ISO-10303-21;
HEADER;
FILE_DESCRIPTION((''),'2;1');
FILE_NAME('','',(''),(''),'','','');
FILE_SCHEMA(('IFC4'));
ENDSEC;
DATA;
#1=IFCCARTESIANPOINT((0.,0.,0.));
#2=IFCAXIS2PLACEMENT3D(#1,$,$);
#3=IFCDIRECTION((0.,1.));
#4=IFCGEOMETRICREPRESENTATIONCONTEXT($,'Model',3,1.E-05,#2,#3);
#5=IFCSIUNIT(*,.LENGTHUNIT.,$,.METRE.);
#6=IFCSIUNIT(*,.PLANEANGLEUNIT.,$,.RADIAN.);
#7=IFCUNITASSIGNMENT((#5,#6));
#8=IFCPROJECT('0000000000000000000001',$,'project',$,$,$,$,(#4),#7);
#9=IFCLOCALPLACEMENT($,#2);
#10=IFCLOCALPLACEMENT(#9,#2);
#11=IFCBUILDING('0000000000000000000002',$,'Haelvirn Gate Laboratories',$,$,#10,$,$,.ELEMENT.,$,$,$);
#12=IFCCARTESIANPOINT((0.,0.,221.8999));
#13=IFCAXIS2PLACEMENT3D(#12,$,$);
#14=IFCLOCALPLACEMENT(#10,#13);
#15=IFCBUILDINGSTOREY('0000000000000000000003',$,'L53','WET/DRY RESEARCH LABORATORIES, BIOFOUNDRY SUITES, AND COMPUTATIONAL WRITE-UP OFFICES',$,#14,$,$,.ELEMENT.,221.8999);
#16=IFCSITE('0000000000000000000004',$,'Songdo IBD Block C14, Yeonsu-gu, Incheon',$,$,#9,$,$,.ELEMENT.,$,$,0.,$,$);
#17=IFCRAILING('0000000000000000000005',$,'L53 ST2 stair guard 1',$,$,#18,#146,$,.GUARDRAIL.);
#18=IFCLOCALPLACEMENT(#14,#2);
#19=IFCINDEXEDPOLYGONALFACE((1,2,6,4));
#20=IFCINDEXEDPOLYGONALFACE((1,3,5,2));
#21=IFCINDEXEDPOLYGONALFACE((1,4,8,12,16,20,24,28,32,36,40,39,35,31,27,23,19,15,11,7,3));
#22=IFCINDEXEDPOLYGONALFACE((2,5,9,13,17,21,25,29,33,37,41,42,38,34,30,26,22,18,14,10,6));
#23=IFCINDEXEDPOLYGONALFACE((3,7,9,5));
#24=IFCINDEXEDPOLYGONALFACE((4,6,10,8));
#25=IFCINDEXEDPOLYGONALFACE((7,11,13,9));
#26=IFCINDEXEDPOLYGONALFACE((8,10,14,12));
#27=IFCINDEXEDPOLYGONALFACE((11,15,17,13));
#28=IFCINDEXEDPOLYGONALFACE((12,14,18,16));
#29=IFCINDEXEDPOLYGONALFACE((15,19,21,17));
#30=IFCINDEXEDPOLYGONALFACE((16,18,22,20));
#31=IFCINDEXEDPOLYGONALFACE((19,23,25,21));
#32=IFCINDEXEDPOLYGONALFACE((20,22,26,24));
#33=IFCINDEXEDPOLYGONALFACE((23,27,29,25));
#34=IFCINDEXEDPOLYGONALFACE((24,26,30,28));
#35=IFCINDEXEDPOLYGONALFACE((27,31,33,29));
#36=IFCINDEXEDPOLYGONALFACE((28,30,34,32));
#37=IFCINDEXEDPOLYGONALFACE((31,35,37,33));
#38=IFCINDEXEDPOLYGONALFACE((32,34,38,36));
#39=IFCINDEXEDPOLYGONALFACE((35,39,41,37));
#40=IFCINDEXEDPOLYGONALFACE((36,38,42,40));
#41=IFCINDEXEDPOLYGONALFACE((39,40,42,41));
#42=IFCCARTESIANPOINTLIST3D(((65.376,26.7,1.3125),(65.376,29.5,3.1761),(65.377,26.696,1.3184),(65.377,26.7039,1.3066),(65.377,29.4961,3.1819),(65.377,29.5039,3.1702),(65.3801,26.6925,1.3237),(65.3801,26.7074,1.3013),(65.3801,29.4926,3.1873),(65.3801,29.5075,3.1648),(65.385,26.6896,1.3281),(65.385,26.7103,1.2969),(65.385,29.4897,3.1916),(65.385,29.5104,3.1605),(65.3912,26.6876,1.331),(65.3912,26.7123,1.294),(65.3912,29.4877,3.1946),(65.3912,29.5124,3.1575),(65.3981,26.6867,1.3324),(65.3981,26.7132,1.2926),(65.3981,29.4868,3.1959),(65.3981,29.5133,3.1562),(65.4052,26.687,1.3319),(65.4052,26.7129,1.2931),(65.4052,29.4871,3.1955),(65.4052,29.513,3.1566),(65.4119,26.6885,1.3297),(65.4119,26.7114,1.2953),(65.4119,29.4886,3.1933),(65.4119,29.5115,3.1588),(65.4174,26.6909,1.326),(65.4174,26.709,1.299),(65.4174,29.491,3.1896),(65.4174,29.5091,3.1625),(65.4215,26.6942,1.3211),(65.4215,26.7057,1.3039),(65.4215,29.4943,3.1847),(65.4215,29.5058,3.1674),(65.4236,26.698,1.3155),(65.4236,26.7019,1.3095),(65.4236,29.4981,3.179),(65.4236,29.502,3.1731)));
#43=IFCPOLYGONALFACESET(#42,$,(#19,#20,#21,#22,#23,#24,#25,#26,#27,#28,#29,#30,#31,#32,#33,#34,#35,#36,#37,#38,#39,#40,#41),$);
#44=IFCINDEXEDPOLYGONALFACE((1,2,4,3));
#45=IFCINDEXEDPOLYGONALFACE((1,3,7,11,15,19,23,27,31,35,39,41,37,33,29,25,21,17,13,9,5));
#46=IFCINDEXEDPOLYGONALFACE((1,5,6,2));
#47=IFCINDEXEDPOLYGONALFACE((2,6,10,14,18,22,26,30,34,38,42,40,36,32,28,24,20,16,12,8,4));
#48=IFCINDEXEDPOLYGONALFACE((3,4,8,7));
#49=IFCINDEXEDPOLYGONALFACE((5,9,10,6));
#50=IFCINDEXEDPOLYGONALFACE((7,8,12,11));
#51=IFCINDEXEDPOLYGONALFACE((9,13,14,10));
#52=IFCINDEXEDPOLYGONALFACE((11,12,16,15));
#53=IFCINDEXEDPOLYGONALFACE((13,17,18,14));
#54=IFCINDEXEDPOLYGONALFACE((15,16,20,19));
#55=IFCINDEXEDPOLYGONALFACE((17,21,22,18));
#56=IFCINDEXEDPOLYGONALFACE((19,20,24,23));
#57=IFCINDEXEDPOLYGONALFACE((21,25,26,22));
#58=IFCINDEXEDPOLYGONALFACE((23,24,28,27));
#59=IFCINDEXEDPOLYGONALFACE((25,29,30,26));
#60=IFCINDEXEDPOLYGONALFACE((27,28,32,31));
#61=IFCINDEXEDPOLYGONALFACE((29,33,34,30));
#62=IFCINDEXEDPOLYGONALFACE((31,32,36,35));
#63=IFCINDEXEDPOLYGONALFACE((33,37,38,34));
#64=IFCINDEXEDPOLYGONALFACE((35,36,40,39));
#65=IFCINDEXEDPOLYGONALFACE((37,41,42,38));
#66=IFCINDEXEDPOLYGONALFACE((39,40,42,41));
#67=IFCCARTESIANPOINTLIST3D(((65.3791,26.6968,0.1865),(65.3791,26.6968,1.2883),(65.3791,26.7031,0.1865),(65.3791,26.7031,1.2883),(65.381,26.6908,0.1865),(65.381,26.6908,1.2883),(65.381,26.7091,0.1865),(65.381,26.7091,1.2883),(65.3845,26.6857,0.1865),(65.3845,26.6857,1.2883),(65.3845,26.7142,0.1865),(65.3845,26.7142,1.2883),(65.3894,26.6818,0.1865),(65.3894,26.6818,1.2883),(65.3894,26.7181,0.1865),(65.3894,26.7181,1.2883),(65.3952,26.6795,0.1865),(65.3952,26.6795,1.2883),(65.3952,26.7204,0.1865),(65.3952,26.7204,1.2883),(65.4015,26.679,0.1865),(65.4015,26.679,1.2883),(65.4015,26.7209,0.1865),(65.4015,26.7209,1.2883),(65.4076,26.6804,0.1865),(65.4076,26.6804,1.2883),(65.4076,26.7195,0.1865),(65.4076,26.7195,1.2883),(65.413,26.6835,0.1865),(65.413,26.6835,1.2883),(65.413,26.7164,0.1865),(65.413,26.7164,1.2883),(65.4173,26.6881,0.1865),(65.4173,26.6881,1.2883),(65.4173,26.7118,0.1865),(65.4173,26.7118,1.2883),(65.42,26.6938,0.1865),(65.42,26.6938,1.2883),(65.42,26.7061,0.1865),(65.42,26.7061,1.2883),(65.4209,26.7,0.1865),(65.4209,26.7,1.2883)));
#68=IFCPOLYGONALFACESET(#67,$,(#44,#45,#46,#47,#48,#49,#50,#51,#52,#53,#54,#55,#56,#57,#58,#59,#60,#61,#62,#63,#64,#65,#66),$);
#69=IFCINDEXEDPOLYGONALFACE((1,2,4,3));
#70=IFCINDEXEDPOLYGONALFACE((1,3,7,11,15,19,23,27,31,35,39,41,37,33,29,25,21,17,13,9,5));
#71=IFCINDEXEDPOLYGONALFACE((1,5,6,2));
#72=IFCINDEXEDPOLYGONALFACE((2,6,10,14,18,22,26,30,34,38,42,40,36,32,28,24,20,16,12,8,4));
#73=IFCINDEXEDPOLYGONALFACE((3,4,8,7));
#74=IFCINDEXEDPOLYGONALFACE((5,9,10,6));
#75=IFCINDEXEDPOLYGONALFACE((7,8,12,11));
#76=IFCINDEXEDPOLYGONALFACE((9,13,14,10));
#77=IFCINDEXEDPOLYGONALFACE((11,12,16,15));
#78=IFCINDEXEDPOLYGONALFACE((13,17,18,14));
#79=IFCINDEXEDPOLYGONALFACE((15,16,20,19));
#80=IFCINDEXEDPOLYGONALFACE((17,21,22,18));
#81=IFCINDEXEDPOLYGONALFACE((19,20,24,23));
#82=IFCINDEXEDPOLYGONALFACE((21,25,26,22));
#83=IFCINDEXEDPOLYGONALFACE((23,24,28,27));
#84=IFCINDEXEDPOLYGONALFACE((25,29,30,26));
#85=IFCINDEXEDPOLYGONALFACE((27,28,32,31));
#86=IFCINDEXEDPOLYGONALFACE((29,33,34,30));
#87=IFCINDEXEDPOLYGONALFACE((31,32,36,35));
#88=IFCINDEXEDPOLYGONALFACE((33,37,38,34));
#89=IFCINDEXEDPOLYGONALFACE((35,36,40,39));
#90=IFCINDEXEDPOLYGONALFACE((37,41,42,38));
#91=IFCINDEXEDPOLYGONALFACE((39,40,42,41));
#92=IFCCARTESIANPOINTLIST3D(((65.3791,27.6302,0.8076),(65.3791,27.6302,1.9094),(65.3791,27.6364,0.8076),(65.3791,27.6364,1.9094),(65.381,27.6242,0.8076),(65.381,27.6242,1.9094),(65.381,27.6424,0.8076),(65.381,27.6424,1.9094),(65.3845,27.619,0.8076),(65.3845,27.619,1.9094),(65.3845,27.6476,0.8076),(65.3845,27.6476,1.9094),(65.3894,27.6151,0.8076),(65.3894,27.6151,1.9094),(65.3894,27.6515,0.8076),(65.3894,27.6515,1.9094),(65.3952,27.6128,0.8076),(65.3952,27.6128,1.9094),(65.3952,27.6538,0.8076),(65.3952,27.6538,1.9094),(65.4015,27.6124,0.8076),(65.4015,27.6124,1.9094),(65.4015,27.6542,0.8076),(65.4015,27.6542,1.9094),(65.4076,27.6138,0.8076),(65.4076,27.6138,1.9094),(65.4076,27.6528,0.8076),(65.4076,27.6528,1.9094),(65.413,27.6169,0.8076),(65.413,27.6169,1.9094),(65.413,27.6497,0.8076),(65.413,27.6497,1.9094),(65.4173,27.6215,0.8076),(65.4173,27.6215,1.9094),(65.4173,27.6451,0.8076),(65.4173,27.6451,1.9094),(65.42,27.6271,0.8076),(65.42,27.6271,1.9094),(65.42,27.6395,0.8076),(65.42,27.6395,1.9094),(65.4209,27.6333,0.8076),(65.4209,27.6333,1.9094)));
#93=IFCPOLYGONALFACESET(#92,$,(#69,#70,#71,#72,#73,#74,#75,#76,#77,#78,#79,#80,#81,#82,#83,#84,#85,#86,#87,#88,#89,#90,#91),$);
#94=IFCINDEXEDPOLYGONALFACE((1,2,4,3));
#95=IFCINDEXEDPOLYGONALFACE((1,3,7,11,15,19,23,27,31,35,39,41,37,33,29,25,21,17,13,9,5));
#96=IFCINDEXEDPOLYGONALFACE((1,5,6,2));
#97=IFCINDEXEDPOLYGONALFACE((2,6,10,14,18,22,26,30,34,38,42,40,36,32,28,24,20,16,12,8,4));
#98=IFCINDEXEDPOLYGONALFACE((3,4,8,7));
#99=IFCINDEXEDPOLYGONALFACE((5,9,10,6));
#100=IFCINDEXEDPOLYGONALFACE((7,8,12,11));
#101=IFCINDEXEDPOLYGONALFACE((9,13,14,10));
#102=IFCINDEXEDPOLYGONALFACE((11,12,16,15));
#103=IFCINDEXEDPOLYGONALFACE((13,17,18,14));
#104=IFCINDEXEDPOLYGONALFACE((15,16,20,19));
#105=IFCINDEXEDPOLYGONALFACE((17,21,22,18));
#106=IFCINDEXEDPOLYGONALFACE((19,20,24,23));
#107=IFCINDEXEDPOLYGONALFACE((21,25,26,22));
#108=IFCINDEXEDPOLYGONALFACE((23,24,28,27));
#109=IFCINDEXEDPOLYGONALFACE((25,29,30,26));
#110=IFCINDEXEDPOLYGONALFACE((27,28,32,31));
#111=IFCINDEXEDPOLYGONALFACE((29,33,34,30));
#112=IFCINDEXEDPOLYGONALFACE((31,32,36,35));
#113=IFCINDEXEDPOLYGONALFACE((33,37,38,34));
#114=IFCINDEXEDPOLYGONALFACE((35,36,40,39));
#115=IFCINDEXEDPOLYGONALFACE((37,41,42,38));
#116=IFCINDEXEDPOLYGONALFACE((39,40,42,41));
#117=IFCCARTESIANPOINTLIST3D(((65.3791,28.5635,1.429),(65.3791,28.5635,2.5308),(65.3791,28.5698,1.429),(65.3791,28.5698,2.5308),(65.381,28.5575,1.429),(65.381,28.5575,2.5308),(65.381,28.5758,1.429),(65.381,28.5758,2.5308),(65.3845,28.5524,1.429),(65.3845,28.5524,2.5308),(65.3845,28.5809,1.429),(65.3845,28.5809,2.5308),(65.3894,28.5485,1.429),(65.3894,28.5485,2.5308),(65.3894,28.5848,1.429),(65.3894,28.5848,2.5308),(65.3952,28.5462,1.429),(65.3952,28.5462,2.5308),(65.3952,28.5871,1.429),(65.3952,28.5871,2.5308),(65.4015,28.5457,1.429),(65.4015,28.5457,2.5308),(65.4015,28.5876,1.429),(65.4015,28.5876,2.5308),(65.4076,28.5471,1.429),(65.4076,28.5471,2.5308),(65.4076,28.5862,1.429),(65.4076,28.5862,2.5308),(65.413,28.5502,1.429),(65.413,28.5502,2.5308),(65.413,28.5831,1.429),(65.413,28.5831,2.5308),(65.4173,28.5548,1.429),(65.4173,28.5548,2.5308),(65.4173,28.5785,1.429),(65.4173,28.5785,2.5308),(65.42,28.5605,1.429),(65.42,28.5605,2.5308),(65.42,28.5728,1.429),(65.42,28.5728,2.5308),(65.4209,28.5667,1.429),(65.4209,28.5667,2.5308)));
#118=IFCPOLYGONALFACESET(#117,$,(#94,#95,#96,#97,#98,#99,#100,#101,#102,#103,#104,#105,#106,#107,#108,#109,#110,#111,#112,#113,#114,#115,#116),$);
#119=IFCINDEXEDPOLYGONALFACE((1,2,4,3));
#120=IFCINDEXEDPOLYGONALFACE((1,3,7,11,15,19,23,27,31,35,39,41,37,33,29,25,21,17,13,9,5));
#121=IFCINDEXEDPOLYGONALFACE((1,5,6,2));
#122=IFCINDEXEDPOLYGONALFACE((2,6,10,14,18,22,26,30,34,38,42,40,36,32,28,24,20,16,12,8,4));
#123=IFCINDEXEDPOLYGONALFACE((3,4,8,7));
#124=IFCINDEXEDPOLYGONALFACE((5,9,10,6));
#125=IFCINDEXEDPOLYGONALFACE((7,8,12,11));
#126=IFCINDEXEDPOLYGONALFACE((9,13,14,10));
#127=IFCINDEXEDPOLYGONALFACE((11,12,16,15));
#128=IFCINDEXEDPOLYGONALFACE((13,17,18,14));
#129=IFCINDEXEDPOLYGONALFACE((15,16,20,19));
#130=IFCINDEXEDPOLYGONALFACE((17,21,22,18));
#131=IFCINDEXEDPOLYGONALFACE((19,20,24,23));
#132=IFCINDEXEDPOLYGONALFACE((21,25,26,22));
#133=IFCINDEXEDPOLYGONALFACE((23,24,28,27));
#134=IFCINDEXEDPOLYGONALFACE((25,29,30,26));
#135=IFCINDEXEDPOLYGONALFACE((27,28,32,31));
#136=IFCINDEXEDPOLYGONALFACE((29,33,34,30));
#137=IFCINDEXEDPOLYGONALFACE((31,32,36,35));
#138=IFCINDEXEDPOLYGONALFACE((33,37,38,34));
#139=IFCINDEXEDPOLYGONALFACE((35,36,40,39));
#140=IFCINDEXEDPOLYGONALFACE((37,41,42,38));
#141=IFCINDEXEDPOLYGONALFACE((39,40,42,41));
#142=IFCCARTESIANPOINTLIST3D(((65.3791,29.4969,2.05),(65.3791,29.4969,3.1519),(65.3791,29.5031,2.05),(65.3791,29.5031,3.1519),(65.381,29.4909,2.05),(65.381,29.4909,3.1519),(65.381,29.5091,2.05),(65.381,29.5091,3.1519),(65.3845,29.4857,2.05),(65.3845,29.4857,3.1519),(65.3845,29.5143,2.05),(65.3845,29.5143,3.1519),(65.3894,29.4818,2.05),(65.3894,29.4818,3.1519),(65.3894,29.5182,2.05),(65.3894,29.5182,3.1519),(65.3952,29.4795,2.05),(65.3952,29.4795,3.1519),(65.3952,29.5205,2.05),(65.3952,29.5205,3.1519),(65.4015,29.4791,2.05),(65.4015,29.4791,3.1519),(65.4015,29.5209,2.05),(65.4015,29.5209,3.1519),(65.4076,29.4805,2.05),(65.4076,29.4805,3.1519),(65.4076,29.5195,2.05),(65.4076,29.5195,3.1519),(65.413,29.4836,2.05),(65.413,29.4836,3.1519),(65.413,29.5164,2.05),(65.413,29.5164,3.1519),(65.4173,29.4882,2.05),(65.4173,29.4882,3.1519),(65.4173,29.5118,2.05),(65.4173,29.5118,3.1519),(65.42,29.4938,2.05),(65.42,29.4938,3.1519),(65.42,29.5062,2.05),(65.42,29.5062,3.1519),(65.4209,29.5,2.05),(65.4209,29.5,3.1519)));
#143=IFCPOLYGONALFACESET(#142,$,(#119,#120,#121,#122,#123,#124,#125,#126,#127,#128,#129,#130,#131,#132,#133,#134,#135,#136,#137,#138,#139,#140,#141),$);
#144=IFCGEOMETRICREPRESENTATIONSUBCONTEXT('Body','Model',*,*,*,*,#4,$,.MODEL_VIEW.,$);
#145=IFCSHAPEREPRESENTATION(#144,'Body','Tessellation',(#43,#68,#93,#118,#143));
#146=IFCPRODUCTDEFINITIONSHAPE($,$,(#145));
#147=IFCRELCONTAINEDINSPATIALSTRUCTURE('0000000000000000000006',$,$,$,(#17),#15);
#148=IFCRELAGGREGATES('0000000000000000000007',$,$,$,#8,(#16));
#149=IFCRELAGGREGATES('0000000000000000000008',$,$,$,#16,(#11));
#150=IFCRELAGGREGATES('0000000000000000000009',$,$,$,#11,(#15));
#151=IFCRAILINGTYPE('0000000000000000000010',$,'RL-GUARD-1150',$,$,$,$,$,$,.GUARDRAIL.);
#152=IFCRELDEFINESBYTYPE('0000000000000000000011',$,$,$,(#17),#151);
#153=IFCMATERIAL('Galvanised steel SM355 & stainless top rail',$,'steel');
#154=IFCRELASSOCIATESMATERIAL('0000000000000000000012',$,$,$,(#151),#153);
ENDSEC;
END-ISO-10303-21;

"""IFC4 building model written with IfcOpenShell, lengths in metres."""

from ifc_helpers import new_model, si_unit, direction, frame, origin, origin_2d, place, context, subcontext, project, spatial, circle, extrude, source, transform, mapped, material, type_object, element, save


model = new_model("IFC4")

# Units and contexts
model_context = context("Model", 3, precision=1e-05, world=origin(), true_north=direction((0.0, 1.0)))
body_context = subcontext(model_context, "Body", "Model", "MODEL_VIEW")
ifc_project = project(units=[si_unit("LENGTHUNIT", "METRE"), si_unit("PLANEANGLEUNIT", "RADIAN")], contexts=[model_context])

# Site, building, storey
site_placement = place(None, origin())
site = spatial("IfcSite", under=ifc_project, at=site_placement, Name="Songdo IBD Block C14, Yeonsu-gu, Incheon", CompositionType="ELEMENT", RefElevation=0.0)
building_placement = place(site_placement, origin())
building = spatial("IfcBuilding", under=site, at=building_placement, Name="Haelvirn Gate Laboratories", CompositionType="ELEMENT")
storey_placement = place(building_placement, frame((0.0, 0.0, 221.8999)))
storey = spatial("IfcBuildingStorey", under=building, at=storey_placement, Name="L53", Description="WET/DRY RESEARCH LABORATORIES, BIOFOUNDRY SUITES, AND COMPUTATIONAL WRITE-UP OFFICES", CompositionType="ELEMENT", Elevation=221.8999)

# Railing
ifc_material_1 = material(Name="Galvanised steel SM355 & stainless top rail", Category="steel")
railing_type_1 = type_object("IfcRailingType", Name="RL-GUARD-1150", PredefinedType="GUARDRAIL", material=ifc_material_1)
shared_shape_1 = source(origin(), body_context, "Body", "SweptSolid", [
    extrude(circle(Radius=0.0239, at=origin_2d()), frame((0.0, 0.0, 1.126), z_axis=(0.0, 0.832486, 0.554047), x_axis=(-1.0, 0.0, 0.0)), (0.0, 0.0, 1.0), 3.3635),
    extrude(circle(Radius=0.021, at=origin_2d()), origin(), (0.0, 0.0, 1.0), 1.1018),
    extrude(circle(Radius=0.021, at=origin_2d()), frame((0.0, 0.9333, 0.6211)), (0.0, 0.0, 1.0), 1.1018),
    extrude(circle(Radius=0.021, at=origin_2d()), frame((0.0, 1.8667, 1.2424)), (0.0, 0.0, 1.0), 1.1018),
    extrude(circle(Radius=0.021, at=origin_2d()), frame((0.0, 2.8, 1.8635)), (0.0, 0.0, 1.0), 1.1018),
])
railing_1_placement = place(storey_placement, frame((65.3999, 26.7, 0.1865)))
element("IfcRailing", 1, at=railing_1_placement, inside=storey, type_object=railing_type_1, Name="L53 ST2 stair guard 1", PredefinedType="GUARDRAIL", context=body_context, shape_type="MappedRepresentation", body=[
    mapped(shared_shape_1, transform((0.0, 0.0, 0.0), scale=1.0)),
])

save(model, "model.ifc")
